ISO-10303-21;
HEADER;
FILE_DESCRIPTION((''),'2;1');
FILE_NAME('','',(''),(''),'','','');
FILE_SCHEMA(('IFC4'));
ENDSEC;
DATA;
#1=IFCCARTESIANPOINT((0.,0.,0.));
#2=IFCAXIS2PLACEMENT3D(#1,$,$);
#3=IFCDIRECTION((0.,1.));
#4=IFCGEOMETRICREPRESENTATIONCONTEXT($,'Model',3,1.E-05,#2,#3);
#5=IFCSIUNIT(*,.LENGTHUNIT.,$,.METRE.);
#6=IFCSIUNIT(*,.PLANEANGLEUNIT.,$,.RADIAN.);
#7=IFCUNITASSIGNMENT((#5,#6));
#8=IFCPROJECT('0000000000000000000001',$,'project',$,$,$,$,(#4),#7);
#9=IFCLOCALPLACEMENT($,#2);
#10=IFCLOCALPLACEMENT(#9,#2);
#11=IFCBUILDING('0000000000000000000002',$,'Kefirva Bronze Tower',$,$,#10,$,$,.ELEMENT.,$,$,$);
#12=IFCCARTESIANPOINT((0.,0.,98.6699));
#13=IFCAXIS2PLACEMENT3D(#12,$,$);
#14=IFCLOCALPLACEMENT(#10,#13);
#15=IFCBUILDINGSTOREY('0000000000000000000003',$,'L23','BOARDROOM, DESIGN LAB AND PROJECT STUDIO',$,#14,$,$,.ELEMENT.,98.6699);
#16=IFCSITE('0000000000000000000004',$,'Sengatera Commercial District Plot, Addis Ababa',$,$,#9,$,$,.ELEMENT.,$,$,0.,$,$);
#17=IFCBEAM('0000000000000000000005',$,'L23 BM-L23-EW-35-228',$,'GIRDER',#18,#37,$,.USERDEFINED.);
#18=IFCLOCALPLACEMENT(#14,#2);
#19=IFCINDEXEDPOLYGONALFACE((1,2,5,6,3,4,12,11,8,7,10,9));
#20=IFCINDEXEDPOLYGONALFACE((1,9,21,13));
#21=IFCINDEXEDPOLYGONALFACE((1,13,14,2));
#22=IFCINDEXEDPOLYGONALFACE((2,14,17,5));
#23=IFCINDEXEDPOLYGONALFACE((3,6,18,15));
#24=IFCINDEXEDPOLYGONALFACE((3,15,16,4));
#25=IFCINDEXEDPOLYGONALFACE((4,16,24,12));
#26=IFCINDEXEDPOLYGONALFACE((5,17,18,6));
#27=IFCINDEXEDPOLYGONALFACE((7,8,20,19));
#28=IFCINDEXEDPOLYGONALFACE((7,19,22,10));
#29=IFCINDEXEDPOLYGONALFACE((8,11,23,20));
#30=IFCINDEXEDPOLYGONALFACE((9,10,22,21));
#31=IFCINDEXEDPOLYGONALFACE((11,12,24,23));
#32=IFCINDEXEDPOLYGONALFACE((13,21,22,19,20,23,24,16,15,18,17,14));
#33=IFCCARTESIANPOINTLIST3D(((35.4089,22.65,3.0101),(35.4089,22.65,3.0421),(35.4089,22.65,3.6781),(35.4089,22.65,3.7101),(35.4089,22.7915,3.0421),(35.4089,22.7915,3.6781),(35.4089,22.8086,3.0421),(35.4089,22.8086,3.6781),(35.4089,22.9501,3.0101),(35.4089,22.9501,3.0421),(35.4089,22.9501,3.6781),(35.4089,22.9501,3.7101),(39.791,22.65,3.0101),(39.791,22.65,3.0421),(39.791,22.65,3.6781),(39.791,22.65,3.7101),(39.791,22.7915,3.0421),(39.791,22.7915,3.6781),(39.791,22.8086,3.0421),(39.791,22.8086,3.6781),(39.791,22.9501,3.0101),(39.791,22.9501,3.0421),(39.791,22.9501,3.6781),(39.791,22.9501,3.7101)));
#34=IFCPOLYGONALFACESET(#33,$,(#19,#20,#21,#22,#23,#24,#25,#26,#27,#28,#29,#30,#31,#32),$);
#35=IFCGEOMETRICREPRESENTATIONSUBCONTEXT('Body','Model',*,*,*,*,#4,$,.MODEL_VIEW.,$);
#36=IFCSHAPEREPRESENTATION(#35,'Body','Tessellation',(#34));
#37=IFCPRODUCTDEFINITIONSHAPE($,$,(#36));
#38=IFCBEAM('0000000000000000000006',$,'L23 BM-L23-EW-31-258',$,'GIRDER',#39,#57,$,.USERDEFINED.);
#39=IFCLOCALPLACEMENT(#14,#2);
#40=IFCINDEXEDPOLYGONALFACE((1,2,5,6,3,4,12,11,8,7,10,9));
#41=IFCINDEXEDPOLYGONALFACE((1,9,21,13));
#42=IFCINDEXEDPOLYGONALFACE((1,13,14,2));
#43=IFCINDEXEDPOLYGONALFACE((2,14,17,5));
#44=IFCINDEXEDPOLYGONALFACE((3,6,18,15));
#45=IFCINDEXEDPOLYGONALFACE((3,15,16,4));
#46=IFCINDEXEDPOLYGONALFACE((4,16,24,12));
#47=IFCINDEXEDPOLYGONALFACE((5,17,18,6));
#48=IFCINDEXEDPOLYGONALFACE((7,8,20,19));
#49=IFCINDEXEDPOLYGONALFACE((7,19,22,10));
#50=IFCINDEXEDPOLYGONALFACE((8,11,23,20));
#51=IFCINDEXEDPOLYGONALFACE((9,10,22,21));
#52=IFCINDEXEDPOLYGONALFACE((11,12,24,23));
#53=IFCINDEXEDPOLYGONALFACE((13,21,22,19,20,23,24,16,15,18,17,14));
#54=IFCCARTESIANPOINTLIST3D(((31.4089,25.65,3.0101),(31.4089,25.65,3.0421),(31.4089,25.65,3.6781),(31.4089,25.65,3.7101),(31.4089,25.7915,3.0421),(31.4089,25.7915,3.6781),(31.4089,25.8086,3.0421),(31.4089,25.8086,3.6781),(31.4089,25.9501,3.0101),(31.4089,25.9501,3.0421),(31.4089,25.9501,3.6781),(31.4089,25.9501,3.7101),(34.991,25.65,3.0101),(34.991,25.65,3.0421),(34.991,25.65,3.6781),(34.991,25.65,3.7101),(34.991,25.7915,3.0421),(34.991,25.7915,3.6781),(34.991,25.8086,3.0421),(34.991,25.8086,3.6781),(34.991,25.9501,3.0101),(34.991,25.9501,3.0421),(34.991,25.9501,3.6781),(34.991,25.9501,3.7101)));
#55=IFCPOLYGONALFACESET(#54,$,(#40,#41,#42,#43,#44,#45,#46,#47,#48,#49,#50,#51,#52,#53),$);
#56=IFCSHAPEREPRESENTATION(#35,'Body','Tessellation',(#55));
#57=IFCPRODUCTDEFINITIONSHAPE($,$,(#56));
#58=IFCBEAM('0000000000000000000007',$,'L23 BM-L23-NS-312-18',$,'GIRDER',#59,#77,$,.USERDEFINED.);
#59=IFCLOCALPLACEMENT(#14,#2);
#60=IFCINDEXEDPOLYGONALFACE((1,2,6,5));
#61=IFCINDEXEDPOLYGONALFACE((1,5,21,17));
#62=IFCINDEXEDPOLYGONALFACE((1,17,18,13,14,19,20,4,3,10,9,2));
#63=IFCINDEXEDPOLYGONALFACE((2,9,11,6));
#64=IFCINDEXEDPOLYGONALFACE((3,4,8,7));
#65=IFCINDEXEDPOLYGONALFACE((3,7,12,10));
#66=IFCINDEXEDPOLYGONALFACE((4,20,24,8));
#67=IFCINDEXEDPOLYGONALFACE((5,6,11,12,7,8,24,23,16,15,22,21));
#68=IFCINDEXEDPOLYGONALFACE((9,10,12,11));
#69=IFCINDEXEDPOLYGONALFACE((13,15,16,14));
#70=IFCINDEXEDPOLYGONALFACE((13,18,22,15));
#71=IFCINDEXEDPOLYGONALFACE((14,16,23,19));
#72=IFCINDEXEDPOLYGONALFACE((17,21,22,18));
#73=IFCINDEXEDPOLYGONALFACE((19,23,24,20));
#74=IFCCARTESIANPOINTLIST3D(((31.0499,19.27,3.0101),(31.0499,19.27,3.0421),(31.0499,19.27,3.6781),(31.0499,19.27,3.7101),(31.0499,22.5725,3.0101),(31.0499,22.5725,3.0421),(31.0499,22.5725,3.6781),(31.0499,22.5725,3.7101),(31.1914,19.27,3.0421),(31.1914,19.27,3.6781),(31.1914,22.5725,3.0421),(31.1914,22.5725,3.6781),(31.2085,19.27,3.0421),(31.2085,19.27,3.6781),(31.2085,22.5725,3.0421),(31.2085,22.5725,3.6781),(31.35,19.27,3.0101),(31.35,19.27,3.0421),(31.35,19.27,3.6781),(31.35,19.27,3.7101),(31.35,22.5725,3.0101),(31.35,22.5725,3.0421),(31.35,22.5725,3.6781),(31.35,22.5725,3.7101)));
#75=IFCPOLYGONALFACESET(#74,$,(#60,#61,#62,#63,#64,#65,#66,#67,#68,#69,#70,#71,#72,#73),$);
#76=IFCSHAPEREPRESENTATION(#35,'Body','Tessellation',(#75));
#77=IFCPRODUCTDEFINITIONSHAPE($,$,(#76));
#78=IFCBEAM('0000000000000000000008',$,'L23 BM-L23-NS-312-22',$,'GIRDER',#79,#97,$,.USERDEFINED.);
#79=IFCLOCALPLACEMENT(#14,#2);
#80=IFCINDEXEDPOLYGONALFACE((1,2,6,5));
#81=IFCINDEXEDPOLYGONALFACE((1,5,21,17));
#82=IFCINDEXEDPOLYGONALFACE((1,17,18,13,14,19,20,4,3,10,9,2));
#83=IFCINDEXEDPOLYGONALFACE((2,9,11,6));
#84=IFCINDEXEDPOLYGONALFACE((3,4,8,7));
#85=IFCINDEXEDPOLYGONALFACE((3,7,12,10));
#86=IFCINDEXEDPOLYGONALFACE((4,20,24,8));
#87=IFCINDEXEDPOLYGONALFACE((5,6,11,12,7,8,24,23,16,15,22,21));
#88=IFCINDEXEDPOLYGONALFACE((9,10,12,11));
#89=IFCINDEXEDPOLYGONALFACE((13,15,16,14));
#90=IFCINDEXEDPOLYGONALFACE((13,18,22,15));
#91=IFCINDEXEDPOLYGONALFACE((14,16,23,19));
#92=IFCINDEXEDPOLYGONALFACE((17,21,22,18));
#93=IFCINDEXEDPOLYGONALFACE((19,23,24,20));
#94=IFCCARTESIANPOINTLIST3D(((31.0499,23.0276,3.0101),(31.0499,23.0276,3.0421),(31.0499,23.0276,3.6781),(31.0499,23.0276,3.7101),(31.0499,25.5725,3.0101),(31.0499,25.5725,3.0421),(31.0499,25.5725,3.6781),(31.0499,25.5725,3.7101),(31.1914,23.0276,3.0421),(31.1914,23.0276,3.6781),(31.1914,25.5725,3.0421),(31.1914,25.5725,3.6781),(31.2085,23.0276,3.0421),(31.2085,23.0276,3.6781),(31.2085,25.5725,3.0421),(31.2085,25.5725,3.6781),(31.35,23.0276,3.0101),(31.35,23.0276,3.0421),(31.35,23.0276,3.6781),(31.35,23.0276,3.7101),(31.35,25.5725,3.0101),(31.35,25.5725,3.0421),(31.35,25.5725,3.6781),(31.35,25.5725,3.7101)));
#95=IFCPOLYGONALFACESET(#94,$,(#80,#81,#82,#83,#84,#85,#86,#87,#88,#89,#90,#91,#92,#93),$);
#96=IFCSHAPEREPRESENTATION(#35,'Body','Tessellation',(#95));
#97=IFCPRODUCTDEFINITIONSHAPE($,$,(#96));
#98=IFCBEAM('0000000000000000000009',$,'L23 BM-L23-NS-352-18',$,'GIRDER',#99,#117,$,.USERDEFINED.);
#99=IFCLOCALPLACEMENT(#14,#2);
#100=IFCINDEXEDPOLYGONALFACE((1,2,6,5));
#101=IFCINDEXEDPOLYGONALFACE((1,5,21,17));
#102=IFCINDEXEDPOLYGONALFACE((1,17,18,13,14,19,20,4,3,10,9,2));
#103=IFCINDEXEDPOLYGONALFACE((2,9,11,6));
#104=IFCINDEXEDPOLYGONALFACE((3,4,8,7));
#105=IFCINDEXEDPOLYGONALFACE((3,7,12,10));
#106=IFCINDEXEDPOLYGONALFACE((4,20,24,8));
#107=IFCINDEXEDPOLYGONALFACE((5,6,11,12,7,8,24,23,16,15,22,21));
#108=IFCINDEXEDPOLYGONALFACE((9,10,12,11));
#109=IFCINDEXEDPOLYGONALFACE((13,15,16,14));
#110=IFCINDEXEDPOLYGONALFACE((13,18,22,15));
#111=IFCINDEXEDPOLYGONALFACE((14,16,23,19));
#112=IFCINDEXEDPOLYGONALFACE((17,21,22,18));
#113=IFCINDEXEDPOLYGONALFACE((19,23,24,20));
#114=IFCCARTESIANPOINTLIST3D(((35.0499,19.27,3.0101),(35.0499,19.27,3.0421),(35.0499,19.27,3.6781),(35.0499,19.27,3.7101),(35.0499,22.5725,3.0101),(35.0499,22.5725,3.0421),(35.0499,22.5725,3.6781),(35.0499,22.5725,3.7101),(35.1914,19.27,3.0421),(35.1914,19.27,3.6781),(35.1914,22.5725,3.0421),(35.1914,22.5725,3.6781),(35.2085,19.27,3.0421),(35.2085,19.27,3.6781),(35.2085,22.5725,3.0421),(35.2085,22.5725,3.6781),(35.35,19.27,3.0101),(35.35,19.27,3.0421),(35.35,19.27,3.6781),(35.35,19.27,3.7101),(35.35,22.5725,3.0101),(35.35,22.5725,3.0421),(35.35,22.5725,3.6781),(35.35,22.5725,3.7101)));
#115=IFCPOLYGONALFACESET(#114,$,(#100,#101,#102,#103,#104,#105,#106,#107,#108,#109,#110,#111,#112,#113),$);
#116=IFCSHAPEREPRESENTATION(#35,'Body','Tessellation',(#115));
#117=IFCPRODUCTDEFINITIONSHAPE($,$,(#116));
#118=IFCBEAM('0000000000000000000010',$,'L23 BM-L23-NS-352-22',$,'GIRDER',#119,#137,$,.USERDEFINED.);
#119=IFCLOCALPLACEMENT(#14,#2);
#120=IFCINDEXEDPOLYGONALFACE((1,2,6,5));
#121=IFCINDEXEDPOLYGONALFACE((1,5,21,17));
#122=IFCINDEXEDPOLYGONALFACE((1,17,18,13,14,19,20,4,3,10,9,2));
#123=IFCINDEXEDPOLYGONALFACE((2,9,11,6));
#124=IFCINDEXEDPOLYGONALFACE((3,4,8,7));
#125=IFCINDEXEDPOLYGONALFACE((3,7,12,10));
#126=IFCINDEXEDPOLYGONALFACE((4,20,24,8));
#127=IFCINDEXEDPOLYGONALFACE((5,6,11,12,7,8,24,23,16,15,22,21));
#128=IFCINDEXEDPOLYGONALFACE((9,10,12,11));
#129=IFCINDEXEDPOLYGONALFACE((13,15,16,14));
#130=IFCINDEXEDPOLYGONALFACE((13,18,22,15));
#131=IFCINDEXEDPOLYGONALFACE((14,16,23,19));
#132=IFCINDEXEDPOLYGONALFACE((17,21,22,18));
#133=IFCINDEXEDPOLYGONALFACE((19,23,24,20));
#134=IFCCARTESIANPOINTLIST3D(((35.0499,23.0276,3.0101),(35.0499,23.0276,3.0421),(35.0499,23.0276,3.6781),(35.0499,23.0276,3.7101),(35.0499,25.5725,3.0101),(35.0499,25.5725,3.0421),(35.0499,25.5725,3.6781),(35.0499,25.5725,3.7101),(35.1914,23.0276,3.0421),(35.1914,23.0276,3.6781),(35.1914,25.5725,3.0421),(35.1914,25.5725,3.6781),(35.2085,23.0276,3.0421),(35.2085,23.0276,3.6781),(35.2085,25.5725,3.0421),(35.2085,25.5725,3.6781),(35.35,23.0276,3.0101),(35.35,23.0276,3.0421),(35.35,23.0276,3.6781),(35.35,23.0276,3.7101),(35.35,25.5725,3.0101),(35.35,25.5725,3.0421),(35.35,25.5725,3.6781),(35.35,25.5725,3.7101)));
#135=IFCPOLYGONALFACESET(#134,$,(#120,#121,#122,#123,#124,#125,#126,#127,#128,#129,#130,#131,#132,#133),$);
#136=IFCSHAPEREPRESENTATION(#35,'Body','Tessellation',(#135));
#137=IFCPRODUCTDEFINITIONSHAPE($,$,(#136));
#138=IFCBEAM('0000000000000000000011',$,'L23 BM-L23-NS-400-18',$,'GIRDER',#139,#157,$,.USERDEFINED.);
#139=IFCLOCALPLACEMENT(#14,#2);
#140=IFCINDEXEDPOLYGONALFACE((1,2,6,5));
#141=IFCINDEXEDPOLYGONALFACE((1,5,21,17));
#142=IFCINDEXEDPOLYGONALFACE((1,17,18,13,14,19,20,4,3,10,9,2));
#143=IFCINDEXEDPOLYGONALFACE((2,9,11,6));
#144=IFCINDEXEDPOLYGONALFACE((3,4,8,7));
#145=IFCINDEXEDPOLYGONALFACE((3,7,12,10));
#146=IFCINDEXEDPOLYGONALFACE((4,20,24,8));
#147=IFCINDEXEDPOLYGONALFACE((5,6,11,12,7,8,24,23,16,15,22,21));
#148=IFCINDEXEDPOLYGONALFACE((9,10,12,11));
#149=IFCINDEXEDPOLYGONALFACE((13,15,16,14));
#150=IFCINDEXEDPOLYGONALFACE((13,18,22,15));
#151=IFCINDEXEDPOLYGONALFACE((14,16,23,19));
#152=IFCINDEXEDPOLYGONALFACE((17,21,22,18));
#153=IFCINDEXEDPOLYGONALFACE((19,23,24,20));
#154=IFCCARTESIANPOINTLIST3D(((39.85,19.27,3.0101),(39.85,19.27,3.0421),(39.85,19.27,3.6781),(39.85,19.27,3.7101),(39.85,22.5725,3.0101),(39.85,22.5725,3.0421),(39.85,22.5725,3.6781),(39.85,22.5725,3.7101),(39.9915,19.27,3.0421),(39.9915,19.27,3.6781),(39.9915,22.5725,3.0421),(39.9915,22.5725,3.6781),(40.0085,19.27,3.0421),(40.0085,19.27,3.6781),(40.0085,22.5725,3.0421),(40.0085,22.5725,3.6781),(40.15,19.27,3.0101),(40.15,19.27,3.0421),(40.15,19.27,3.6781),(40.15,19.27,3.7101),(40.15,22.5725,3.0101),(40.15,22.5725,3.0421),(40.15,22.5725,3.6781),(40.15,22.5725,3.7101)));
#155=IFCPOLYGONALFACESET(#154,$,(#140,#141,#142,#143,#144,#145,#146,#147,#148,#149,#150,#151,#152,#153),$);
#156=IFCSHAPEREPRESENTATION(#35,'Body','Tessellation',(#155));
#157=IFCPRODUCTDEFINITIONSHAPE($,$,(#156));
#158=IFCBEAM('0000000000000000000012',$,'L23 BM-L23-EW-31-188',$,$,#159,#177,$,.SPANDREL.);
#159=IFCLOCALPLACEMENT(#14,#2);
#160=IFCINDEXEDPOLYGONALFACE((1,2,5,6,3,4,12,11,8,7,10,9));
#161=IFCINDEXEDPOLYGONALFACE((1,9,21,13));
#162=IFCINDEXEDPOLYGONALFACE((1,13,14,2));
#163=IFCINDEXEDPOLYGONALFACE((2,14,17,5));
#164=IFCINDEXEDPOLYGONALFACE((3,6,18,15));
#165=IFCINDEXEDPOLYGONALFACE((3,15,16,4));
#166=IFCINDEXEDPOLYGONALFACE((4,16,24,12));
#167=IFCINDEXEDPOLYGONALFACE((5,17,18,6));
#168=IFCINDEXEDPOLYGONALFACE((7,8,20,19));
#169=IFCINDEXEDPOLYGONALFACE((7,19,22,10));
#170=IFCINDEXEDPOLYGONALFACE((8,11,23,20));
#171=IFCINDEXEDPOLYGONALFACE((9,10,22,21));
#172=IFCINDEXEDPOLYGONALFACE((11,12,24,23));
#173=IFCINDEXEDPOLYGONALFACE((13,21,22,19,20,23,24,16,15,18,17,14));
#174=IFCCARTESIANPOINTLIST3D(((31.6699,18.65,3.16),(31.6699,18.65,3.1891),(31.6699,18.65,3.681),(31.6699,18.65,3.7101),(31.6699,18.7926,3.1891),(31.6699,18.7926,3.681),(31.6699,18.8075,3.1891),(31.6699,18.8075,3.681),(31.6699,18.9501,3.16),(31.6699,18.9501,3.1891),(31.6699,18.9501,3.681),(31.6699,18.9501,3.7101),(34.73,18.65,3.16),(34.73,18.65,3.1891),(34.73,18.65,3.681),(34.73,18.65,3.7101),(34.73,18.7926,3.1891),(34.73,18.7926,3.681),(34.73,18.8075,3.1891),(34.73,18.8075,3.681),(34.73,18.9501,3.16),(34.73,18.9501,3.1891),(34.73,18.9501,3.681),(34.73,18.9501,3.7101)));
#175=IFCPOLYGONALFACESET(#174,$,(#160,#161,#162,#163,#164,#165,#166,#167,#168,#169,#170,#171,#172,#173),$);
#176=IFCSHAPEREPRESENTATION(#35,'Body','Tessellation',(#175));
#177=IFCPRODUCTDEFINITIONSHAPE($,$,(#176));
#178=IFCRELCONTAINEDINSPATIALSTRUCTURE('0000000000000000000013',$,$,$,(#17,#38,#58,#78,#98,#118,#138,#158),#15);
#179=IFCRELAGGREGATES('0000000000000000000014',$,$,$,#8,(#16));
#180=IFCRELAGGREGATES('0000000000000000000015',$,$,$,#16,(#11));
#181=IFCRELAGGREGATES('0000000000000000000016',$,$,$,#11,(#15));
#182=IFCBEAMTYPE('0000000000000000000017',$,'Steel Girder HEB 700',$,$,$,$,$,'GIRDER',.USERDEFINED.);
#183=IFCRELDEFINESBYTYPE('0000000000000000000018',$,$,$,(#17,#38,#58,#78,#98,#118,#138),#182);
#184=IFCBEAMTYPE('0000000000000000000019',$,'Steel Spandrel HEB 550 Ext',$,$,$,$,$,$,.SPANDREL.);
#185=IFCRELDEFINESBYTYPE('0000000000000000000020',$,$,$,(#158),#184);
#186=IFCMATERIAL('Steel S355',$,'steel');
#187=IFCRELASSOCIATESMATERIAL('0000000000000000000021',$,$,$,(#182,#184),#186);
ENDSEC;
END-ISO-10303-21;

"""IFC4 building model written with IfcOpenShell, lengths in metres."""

from ifc_helpers import new_model, si_unit, direction, frame, origin, origin_2d, place, context, subcontext, project, spatial, i_section, extrude, material, material_profile, profile_set, type_object, element, save


model = new_model("IFC4")

# Units and contexts
model_context = context("Model", 3, precision=1e-05, world=origin(), true_north=direction((0.0, 1.0)))
body_context = subcontext(model_context, "Body", "Model", "MODEL_VIEW")
ifc_project = project(units=[si_unit("LENGTHUNIT", "METRE"), si_unit("PLANEANGLEUNIT", "RADIAN")], contexts=[model_context])

# Site, building, storey
site_placement = place(None, origin())
site = spatial("IfcSite", under=ifc_project, at=site_placement, Name="Sengatera Commercial District Plot, Addis Ababa", CompositionType="ELEMENT", RefElevation=0.0)
building_placement = place(site_placement, origin())
building = spatial("IfcBuilding", under=site, at=building_placement, Name="Kefirva Bronze Tower", CompositionType="ELEMENT")
storey_placement = place(building_placement, frame((0.0, 0.0, 98.6699)))
storey = spatial("IfcBuildingStorey", under=building, at=storey_placement, Name="L23", Description="BOARDROOM, DESIGN LAB AND PROJECT STUDIO", CompositionType="ELEMENT", Elevation=98.6699)

# Beams
ifc_material_1 = material(Name="Steel S355", Category="steel")
ifc_material_profile_1 = material_profile(ifc_material_1, i_section(OverallWidth=0.3, OverallDepth=0.7, WebThickness=0.0171, FlangeThickness=0.032, at=origin_2d()), Name="HEB 700")
ifc_profile_set_1 = profile_set([ifc_material_profile_1], Name="Steel S355")
beam_type_1 = type_object("IfcBeamType", Name="Steel Girder HEB 700", ElementType="GIRDER", PredefinedType="USERDEFINED", material=ifc_profile_set_1)
beam_1_placement = place(storey_placement, frame((35.4089, 22.8, 3.3601), z_axis=(1.0, 0.0, 0.0), x_axis=(0.0, 1.0, 0.0)))
element("IfcBeam", 1, at=beam_1_placement, inside=storey, type_object=beam_type_1, Name="L23 BM-L23-EW-35-228", ObjectType="GIRDER", PredefinedType="USERDEFINED", context=body_context, shape_type="SweptSolid", body=[
    extrude(i_section(OverallWidth=0.3, OverallDepth=0.7, WebThickness=0.0171, FlangeThickness=0.032, at=origin_2d()), origin(), (0.0, 0.0, 1.0), 4.3821),
])
beam_2_placement = place(storey_placement, frame((31.4089, 25.8, 3.3601), z_axis=(1.0, 0.0, 0.0), x_axis=(0.0, 1.0, 0.0)))
element("IfcBeam", 2, at=beam_2_placement, inside=storey, type_object=beam_type_1, Name="L23 BM-L23-EW-31-258", ObjectType="GIRDER", PredefinedType="USERDEFINED", context=body_context, shape_type="SweptSolid", body=[
    extrude(i_section(OverallWidth=0.3, OverallDepth=0.7, WebThickness=0.0171, FlangeThickness=0.032, at=origin_2d()), origin(), (0.0, 0.0, 1.0), 3.582),
])
beam_3_placement = place(storey_placement, frame((31.2, 19.27, 3.3601), z_axis=(0.0, 1.0, 0.0), x_axis=(-1.0, 0.0, 0.0)))
element("IfcBeam", 3, at=beam_3_placement, inside=storey, type_object=beam_type_1, Name="L23 BM-L23-NS-312-18", ObjectType="GIRDER", PredefinedType="USERDEFINED", context=body_context, shape_type="SweptSolid", body=[
    extrude(i_section(OverallWidth=0.3, OverallDepth=0.7, WebThickness=0.0171, FlangeThickness=0.032, at=origin_2d()), origin(), (0.0, 0.0, 1.0), 3.3025),
])
beam_4_placement = place(storey_placement, frame((31.2, 23.0276, 3.3601), z_axis=(0.0, 1.0, 0.0), x_axis=(-1.0, 0.0, 0.0)))
element("IfcBeam", 4, at=beam_4_placement, inside=storey, type_object=beam_type_1, Name="L23 BM-L23-NS-312-22", ObjectType="GIRDER", PredefinedType="USERDEFINED", context=body_context, shape_type="SweptSolid", body=[
    extrude(i_section(OverallWidth=0.3, OverallDepth=0.7, WebThickness=0.0171, FlangeThickness=0.032, at=origin_2d()), origin(), (0.0, 0.0, 1.0), 2.5449),
])
beam_5_placement = place(storey_placement, frame((35.2, 19.27, 3.3601), z_axis=(0.0, 1.0, 0.0), x_axis=(-1.0, 0.0, 0.0)))
element("IfcBeam", 5, at=beam_5_placement, inside=storey, type_object=beam_type_1, Name="L23 BM-L23-NS-352-18", ObjectType="GIRDER", PredefinedType="USERDEFINED", context=body_context, shape_type="SweptSolid", body=[
    extrude(i_section(OverallWidth=0.3, OverallDepth=0.7, WebThickness=0.0171, FlangeThickness=0.032, at=origin_2d()), origin(), (0.0, 0.0, 1.0), 3.3025),
])
beam_6_placement = place(storey_placement, frame((35.2, 23.0276, 3.3601), z_axis=(0.0, 1.0, 0.0), x_axis=(-1.0, 0.0, 0.0)))
element("IfcBeam", 6, at=beam_6_placement, inside=storey, type_object=beam_type_1, Name="L23 BM-L23-NS-352-22", ObjectType="GIRDER", PredefinedType="USERDEFINED", context=body_context, shape_type="SweptSolid", body=[
    extrude(i_section(OverallWidth=0.3, OverallDepth=0.7, WebThickness=0.0171, FlangeThickness=0.032, at=origin_2d()), origin(), (0.0, 0.0, 1.0), 2.5449),
])
beam_7_placement = place(storey_placement, frame((40.0, 19.27, 3.3601), z_axis=(0.0, 1.0, 0.0), x_axis=(-1.0, 0.0, 0.0)))
element("IfcBeam", 7, at=beam_7_placement, inside=storey, type_object=beam_type_1, Name="L23 BM-L23-NS-400-18", ObjectType="GIRDER", PredefinedType="USERDEFINED", context=body_context, shape_type="SweptSolid", body=[
    extrude(i_section(OverallWidth=0.3, OverallDepth=0.7, WebThickness=0.0171, FlangeThickness=0.032, at=origin_2d()), origin(), (0.0, 0.0, 1.0), 3.3025),
])
ifc_material_profile_2 = material_profile(ifc_material_1, i_section(OverallWidth=0.3, OverallDepth=0.55, WebThickness=0.0149, FlangeThickness=0.0291, at=origin_2d()), Name="HEB 550")
ifc_profile_set_2 = profile_set([ifc_material_profile_2], Name="Steel S355")
beam_type_2 = type_object("IfcBeamType", Name="Steel Spandrel HEB 550 Ext", PredefinedType="SPANDREL", material=ifc_profile_set_2)
beam_8_placement = place(storey_placement, frame((31.6699, 18.8, 3.4351), z_axis=(1.0, 0.0, 0.0), x_axis=(0.0, 1.0, 0.0)))
element("IfcBeam", 8, at=beam_8_placement, inside=storey, type_object=beam_type_2, Name="L23 BM-L23-EW-31-188", PredefinedType="SPANDREL", context=body_context, shape_type="SweptSolid", body=[
    extrude(i_section(OverallWidth=0.3, OverallDepth=0.55, WebThickness=0.0149, FlangeThickness=0.0291, at=origin_2d()), origin(), (0.0, 0.0, 1.0), 3.0601),
])

save(model, "model.ifc")
